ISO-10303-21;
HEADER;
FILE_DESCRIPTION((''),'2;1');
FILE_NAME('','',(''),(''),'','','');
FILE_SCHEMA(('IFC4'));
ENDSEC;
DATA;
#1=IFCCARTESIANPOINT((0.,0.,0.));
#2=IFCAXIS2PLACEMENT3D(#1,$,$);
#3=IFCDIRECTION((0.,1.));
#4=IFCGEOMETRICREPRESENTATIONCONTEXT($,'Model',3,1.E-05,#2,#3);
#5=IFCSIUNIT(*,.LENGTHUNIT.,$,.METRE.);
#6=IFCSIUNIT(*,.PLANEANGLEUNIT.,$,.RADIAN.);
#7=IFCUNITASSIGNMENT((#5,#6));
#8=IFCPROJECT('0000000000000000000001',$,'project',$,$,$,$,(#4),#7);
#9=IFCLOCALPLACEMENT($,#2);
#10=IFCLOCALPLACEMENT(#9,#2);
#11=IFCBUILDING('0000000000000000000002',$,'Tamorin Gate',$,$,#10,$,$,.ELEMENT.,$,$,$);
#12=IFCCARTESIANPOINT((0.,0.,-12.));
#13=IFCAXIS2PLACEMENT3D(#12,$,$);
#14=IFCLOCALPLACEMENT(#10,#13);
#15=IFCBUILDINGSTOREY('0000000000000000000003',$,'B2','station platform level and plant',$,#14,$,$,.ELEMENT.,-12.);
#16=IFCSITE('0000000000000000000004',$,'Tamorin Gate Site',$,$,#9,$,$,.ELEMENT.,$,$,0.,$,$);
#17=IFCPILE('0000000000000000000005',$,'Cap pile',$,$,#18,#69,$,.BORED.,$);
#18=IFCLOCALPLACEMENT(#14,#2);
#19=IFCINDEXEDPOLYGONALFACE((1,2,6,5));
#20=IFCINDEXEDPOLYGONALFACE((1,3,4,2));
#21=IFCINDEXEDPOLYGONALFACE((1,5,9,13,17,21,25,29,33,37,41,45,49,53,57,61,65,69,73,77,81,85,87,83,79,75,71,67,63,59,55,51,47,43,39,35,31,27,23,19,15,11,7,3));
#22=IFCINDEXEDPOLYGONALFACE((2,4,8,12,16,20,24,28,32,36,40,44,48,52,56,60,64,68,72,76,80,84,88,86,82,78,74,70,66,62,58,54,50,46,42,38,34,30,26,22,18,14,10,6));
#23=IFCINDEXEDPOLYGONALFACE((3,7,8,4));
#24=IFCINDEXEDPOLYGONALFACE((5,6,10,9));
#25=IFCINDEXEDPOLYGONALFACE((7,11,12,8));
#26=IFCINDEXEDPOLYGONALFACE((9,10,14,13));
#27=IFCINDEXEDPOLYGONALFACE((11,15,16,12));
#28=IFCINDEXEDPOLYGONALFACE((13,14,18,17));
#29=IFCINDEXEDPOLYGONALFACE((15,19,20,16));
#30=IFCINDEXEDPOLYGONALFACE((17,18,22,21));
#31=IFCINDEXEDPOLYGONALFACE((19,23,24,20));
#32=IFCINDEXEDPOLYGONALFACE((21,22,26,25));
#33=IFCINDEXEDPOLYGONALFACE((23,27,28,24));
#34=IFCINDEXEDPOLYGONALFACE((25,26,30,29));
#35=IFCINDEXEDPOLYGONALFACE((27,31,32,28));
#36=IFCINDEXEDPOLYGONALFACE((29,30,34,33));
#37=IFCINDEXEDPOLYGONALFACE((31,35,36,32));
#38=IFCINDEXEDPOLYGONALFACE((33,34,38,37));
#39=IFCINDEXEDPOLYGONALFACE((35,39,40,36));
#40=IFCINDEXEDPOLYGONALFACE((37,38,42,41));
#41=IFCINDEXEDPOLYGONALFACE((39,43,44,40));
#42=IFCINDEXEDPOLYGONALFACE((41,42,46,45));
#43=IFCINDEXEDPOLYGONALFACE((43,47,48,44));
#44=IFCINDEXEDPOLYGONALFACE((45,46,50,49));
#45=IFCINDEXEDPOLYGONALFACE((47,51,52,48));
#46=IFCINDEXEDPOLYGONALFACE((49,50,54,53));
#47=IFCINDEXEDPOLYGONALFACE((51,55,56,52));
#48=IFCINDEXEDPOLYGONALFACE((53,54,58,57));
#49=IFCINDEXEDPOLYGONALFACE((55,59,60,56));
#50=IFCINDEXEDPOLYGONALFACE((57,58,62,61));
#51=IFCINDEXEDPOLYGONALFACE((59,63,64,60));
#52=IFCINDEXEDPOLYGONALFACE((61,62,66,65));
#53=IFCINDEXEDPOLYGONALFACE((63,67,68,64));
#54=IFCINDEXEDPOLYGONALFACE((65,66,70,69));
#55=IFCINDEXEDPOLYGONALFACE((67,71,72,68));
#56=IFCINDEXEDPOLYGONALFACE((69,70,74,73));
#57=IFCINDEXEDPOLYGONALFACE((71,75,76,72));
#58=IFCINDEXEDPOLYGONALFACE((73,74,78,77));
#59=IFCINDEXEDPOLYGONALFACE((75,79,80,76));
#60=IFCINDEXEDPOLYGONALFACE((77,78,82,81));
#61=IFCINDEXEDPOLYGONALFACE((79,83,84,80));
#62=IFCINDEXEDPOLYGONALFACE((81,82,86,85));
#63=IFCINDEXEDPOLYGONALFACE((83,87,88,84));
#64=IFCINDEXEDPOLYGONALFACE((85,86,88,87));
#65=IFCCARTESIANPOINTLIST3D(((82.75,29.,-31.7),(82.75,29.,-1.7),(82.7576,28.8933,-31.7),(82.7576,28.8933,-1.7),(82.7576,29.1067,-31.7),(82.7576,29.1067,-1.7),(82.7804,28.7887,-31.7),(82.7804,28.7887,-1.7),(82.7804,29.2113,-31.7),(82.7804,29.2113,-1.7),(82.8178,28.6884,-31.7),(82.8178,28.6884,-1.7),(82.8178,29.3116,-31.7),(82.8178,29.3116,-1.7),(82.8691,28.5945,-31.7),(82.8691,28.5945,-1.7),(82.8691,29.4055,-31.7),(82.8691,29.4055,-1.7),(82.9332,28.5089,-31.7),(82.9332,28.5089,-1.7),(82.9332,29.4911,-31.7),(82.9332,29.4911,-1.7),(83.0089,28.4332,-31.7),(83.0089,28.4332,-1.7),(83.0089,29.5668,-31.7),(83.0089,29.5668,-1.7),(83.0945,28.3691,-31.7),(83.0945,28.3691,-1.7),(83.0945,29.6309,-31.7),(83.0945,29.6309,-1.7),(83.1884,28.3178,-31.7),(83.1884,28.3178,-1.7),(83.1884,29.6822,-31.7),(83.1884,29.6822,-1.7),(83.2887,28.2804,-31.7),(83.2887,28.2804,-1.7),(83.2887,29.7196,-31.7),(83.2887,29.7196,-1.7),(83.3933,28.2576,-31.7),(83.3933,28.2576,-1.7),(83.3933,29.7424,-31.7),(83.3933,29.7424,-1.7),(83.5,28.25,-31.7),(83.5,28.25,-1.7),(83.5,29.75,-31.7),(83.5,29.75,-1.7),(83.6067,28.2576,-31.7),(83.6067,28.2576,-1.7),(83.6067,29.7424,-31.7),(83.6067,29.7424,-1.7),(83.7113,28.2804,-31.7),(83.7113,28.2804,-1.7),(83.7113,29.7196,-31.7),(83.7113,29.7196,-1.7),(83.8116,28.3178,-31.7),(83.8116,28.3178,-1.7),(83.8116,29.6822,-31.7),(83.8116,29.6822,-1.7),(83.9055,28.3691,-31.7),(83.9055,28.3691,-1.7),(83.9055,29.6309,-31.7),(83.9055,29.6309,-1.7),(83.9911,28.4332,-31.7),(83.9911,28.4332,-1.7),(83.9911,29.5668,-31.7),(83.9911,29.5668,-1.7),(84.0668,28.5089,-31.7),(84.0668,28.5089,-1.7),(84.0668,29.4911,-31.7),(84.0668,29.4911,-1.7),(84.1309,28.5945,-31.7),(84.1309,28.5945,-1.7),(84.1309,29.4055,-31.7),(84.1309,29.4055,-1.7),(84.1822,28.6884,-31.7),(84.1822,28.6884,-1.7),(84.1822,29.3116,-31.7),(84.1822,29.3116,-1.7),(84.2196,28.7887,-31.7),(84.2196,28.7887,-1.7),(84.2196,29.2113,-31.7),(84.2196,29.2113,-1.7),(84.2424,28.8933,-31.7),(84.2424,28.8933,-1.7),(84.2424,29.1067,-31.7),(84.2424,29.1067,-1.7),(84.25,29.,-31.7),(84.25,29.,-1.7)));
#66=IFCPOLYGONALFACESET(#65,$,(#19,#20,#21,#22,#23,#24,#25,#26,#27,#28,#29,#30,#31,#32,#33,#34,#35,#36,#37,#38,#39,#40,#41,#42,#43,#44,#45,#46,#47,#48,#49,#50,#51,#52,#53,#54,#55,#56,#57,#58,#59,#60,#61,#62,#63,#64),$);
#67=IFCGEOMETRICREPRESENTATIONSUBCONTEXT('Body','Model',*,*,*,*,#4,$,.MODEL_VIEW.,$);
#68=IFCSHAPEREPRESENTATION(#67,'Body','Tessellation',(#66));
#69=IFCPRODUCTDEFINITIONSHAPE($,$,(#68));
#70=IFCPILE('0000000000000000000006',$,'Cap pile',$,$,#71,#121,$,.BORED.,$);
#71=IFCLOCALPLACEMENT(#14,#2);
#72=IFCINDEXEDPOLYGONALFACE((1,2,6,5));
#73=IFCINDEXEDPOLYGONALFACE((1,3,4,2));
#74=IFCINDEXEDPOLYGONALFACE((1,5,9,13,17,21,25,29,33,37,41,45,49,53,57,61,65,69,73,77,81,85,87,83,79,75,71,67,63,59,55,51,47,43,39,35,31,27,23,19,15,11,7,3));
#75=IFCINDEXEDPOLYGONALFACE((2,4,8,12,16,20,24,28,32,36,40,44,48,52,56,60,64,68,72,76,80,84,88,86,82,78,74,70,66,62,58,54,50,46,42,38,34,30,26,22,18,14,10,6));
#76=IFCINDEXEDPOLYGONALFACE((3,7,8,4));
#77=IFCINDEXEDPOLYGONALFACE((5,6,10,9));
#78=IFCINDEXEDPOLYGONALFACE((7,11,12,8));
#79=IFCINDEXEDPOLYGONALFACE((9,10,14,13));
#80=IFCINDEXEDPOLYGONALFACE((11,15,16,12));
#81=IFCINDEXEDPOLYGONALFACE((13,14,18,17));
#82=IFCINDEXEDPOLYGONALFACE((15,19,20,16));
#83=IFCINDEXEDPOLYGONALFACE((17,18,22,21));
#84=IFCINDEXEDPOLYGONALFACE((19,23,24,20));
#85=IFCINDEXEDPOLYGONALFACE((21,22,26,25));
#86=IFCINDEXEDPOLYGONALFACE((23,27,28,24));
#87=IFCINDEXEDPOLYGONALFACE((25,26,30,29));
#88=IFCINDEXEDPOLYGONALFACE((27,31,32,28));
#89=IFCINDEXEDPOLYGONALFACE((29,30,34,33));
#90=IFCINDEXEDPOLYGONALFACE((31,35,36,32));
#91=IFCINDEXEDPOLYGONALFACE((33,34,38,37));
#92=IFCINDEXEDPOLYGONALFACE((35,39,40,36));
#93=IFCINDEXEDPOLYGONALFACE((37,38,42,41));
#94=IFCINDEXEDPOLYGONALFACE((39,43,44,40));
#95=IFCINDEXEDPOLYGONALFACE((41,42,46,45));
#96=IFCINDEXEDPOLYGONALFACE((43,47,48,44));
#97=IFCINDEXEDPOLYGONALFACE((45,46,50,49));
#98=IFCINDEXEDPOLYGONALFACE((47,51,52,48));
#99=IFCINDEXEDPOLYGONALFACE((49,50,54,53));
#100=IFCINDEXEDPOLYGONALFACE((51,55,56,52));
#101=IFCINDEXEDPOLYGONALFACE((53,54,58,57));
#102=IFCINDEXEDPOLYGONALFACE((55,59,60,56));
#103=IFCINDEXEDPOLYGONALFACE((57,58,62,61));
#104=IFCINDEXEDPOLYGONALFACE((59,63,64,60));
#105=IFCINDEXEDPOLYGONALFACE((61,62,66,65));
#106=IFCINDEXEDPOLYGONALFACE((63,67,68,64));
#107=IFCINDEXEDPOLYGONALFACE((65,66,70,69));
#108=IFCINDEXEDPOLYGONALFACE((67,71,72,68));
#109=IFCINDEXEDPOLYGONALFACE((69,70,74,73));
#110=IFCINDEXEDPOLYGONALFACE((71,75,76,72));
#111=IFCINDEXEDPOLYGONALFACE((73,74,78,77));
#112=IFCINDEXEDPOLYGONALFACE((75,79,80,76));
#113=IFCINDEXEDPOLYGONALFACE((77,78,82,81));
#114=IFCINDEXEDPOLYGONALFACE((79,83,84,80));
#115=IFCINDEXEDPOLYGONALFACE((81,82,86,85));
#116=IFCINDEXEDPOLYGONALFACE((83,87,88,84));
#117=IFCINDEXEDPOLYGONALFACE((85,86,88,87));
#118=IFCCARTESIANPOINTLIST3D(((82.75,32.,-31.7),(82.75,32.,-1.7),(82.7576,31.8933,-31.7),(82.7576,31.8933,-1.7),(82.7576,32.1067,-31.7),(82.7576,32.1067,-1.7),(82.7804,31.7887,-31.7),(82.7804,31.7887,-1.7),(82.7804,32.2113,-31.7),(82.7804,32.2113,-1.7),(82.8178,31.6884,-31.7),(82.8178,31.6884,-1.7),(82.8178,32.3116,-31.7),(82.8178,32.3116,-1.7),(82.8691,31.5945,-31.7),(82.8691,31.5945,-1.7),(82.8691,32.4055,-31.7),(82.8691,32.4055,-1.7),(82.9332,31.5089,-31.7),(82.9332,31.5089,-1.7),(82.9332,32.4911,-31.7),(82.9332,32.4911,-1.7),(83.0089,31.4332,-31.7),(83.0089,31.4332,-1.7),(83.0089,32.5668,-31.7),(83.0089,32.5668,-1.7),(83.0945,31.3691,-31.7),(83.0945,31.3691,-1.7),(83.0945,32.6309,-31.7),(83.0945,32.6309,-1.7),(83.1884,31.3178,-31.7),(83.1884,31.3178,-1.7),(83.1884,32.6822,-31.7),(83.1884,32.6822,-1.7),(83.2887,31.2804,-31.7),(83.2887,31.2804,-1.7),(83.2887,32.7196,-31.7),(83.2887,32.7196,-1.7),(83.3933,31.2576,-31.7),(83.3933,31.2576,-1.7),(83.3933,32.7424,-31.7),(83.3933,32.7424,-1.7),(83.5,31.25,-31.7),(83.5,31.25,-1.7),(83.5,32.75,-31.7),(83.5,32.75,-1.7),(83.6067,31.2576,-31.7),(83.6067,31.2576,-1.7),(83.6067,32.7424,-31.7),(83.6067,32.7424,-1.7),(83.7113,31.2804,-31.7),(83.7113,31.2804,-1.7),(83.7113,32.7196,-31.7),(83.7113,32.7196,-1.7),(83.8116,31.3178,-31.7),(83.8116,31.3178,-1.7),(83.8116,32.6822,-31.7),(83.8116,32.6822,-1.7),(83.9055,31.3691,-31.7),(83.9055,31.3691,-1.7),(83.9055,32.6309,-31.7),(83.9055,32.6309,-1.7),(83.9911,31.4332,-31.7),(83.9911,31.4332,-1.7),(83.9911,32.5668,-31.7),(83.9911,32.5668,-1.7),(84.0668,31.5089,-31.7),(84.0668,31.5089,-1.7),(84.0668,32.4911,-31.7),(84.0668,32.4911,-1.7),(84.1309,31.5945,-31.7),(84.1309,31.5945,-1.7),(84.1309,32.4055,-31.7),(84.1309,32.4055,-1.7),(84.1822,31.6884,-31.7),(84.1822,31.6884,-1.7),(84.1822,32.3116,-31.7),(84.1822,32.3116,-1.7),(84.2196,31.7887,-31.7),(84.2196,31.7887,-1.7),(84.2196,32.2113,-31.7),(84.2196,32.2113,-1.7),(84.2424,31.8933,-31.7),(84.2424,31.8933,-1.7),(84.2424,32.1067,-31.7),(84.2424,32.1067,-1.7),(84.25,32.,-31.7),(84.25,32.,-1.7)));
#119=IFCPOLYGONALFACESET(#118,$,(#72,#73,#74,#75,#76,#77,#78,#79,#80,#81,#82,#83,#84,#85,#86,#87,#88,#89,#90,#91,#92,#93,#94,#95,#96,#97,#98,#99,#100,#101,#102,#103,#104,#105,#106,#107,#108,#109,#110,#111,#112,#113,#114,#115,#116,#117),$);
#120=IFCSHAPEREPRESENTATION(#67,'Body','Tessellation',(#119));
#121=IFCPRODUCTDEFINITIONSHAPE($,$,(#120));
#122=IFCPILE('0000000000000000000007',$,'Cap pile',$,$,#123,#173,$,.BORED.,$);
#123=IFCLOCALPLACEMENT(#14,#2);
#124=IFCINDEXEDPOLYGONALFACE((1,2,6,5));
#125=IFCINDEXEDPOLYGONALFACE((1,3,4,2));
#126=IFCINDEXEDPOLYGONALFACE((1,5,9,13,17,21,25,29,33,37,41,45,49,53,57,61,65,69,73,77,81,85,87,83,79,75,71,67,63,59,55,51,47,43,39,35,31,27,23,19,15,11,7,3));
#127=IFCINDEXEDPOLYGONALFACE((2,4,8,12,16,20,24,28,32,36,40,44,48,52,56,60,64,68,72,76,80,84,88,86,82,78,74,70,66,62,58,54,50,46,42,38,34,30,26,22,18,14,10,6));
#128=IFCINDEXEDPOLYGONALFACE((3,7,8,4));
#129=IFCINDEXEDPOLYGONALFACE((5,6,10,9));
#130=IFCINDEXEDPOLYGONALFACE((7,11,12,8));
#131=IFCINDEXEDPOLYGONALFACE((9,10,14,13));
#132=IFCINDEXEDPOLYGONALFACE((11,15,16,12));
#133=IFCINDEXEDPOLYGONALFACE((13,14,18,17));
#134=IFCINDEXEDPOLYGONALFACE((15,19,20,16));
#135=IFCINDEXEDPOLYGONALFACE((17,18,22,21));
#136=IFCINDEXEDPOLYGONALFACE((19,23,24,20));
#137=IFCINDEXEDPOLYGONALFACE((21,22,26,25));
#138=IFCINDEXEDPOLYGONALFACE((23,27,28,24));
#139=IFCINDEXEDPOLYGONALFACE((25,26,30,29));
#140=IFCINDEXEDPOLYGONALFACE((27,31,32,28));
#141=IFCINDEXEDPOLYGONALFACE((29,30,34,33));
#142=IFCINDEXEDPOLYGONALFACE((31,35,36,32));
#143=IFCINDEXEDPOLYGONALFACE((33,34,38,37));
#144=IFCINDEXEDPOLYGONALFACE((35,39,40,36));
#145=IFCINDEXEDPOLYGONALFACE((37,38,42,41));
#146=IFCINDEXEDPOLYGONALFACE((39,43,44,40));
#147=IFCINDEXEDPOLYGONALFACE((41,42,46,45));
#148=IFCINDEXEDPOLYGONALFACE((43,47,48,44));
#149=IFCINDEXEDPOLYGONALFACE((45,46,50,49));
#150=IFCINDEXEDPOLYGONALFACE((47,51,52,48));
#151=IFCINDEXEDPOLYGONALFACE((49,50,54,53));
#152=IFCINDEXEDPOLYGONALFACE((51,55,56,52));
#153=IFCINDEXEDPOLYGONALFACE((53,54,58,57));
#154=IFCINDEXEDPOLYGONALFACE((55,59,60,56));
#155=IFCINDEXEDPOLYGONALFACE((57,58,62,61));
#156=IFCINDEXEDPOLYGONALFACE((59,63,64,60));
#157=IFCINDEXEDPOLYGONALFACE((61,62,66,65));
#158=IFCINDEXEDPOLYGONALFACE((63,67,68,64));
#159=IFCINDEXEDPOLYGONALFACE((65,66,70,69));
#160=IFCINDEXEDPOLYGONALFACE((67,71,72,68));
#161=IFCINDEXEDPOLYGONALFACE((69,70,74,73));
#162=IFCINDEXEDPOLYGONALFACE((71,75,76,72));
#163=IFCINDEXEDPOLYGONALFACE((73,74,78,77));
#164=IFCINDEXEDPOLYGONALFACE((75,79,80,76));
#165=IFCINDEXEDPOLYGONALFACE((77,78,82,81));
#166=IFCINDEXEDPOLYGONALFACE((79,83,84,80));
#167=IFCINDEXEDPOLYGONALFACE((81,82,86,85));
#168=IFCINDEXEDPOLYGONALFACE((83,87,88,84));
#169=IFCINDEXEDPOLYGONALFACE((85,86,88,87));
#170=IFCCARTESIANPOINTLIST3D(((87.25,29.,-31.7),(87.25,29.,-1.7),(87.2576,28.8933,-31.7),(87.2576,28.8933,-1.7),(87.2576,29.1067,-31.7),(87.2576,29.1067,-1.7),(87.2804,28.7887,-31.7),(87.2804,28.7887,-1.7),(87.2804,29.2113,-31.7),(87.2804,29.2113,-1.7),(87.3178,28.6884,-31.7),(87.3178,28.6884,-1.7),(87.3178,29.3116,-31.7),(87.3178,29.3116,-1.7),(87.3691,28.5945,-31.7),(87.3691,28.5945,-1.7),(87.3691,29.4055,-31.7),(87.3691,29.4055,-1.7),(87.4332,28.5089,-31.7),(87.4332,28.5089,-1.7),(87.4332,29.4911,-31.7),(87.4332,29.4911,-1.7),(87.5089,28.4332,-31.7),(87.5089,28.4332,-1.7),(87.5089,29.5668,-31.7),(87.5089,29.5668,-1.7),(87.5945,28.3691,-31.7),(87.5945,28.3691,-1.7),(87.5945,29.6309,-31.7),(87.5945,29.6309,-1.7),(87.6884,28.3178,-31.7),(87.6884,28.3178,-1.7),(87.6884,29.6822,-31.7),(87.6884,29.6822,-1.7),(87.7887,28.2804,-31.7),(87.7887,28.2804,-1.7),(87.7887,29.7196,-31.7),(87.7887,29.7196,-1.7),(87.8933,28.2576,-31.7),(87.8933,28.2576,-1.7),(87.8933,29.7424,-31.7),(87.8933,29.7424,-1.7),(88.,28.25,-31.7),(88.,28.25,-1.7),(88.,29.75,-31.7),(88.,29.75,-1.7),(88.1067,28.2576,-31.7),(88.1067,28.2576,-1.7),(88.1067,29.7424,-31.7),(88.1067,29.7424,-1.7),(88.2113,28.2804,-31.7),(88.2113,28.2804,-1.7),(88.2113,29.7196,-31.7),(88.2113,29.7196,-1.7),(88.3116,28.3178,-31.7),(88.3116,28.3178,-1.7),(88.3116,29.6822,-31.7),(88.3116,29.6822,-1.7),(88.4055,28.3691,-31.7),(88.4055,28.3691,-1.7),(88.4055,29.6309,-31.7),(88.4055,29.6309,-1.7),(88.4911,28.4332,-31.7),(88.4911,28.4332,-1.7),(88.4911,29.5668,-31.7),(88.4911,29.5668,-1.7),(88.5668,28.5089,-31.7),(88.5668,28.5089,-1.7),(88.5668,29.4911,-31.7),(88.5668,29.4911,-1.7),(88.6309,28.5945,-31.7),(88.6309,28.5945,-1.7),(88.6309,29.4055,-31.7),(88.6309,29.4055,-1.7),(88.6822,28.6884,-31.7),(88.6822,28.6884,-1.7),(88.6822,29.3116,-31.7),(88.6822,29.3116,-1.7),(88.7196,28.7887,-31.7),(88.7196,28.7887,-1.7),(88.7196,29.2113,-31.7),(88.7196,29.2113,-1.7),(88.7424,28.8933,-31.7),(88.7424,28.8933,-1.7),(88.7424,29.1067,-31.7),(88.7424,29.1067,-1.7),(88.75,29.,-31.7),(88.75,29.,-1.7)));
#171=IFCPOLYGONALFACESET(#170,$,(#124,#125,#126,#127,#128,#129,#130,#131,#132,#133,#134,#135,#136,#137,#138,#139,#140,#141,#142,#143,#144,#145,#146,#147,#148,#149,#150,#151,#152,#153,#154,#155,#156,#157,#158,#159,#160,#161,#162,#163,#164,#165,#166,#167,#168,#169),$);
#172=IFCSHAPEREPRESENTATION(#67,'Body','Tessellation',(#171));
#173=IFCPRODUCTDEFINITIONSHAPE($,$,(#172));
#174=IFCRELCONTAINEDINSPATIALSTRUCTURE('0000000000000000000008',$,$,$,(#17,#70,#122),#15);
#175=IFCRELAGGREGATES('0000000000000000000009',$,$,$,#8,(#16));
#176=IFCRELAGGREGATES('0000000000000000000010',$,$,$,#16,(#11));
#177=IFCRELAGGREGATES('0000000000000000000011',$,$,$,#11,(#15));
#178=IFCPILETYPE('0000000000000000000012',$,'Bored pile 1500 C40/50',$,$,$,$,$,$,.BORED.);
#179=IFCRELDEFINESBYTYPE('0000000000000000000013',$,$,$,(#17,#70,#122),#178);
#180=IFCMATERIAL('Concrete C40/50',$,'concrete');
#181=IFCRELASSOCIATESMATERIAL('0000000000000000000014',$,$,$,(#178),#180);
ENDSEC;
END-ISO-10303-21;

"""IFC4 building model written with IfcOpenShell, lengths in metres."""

from ifc_helpers import new_model, si_unit, direction, frame, origin, origin_2d, place, context, subcontext, project, spatial, circle, extrude, material, material_profile, profile_set, type_object, element, save


model = new_model("IFC4")

# Units and contexts
model_context = context("Model", 3, precision=1e-05, world=origin(), true_north=direction((0.0, 1.0)))
body_context = subcontext(model_context, "Body", "Model", "MODEL_VIEW")
ifc_project = project(units=[si_unit("LENGTHUNIT", "METRE"), si_unit("PLANEANGLEUNIT", "RADIAN")], contexts=[model_context])

# Site, building, storey
site_placement = place(None, origin())
site = spatial("IfcSite", under=ifc_project, at=site_placement, Name="Tamorin Gate Site", CompositionType="ELEMENT", RefElevation=0.0)
building_placement = place(site_placement, origin())
building = spatial("IfcBuilding", under=site, at=building_placement, Name="Tamorin Gate", CompositionType="ELEMENT")
storey_placement = place(building_placement, frame((0.0, 0.0, -12.0)))
storey = spatial("IfcBuildingStorey", under=building, at=storey_placement, Name="B2", Description="station platform level and plant", CompositionType="ELEMENT", Elevation=-12.0)

# Piles
ifc_material_1 = material(Name="Concrete C40/50", Category="concrete")
ifc_material_profile_1 = material_profile(ifc_material_1, circle(Radius=0.75, at=origin_2d()))
ifc_profile_set_1 = profile_set([ifc_material_profile_1], Name="Concrete C40/50")
pile_type = type_object("IfcPileType", Name="Bored pile 1500 C40/50", PredefinedType="BORED", material=ifc_profile_set_1)
for number, where, z_axis, x_axis, name in (
    (1, (83.5, 29.0, -1.7), (0.0, 0.0, -1.0), (1.0, 0.0, 0.0), "Cap pile"),
    (2, (83.5, 32.0, -1.7), (0.0, 0.0, -1.0), (1.0, 0.0, 0.0), "Cap pile"),
    (3, (88.0, 29.0, -1.7), (0.0, 0.0, -1.0), (1.0, 0.0, 0.0), "Cap pile"),
):
    element("IfcPile", number, at=place(storey_placement, frame(where, z_axis=z_axis, x_axis=x_axis)), inside=storey, type_object=pile_type, Name=name, PredefinedType="BORED", context=body_context, shape_type="SweptSolid", body=[
        extrude(circle(Radius=0.75, at=origin_2d()), origin(), (0.0, 0.0, 1.0), 30.0),
    ])

save(model, "model.ifc")
